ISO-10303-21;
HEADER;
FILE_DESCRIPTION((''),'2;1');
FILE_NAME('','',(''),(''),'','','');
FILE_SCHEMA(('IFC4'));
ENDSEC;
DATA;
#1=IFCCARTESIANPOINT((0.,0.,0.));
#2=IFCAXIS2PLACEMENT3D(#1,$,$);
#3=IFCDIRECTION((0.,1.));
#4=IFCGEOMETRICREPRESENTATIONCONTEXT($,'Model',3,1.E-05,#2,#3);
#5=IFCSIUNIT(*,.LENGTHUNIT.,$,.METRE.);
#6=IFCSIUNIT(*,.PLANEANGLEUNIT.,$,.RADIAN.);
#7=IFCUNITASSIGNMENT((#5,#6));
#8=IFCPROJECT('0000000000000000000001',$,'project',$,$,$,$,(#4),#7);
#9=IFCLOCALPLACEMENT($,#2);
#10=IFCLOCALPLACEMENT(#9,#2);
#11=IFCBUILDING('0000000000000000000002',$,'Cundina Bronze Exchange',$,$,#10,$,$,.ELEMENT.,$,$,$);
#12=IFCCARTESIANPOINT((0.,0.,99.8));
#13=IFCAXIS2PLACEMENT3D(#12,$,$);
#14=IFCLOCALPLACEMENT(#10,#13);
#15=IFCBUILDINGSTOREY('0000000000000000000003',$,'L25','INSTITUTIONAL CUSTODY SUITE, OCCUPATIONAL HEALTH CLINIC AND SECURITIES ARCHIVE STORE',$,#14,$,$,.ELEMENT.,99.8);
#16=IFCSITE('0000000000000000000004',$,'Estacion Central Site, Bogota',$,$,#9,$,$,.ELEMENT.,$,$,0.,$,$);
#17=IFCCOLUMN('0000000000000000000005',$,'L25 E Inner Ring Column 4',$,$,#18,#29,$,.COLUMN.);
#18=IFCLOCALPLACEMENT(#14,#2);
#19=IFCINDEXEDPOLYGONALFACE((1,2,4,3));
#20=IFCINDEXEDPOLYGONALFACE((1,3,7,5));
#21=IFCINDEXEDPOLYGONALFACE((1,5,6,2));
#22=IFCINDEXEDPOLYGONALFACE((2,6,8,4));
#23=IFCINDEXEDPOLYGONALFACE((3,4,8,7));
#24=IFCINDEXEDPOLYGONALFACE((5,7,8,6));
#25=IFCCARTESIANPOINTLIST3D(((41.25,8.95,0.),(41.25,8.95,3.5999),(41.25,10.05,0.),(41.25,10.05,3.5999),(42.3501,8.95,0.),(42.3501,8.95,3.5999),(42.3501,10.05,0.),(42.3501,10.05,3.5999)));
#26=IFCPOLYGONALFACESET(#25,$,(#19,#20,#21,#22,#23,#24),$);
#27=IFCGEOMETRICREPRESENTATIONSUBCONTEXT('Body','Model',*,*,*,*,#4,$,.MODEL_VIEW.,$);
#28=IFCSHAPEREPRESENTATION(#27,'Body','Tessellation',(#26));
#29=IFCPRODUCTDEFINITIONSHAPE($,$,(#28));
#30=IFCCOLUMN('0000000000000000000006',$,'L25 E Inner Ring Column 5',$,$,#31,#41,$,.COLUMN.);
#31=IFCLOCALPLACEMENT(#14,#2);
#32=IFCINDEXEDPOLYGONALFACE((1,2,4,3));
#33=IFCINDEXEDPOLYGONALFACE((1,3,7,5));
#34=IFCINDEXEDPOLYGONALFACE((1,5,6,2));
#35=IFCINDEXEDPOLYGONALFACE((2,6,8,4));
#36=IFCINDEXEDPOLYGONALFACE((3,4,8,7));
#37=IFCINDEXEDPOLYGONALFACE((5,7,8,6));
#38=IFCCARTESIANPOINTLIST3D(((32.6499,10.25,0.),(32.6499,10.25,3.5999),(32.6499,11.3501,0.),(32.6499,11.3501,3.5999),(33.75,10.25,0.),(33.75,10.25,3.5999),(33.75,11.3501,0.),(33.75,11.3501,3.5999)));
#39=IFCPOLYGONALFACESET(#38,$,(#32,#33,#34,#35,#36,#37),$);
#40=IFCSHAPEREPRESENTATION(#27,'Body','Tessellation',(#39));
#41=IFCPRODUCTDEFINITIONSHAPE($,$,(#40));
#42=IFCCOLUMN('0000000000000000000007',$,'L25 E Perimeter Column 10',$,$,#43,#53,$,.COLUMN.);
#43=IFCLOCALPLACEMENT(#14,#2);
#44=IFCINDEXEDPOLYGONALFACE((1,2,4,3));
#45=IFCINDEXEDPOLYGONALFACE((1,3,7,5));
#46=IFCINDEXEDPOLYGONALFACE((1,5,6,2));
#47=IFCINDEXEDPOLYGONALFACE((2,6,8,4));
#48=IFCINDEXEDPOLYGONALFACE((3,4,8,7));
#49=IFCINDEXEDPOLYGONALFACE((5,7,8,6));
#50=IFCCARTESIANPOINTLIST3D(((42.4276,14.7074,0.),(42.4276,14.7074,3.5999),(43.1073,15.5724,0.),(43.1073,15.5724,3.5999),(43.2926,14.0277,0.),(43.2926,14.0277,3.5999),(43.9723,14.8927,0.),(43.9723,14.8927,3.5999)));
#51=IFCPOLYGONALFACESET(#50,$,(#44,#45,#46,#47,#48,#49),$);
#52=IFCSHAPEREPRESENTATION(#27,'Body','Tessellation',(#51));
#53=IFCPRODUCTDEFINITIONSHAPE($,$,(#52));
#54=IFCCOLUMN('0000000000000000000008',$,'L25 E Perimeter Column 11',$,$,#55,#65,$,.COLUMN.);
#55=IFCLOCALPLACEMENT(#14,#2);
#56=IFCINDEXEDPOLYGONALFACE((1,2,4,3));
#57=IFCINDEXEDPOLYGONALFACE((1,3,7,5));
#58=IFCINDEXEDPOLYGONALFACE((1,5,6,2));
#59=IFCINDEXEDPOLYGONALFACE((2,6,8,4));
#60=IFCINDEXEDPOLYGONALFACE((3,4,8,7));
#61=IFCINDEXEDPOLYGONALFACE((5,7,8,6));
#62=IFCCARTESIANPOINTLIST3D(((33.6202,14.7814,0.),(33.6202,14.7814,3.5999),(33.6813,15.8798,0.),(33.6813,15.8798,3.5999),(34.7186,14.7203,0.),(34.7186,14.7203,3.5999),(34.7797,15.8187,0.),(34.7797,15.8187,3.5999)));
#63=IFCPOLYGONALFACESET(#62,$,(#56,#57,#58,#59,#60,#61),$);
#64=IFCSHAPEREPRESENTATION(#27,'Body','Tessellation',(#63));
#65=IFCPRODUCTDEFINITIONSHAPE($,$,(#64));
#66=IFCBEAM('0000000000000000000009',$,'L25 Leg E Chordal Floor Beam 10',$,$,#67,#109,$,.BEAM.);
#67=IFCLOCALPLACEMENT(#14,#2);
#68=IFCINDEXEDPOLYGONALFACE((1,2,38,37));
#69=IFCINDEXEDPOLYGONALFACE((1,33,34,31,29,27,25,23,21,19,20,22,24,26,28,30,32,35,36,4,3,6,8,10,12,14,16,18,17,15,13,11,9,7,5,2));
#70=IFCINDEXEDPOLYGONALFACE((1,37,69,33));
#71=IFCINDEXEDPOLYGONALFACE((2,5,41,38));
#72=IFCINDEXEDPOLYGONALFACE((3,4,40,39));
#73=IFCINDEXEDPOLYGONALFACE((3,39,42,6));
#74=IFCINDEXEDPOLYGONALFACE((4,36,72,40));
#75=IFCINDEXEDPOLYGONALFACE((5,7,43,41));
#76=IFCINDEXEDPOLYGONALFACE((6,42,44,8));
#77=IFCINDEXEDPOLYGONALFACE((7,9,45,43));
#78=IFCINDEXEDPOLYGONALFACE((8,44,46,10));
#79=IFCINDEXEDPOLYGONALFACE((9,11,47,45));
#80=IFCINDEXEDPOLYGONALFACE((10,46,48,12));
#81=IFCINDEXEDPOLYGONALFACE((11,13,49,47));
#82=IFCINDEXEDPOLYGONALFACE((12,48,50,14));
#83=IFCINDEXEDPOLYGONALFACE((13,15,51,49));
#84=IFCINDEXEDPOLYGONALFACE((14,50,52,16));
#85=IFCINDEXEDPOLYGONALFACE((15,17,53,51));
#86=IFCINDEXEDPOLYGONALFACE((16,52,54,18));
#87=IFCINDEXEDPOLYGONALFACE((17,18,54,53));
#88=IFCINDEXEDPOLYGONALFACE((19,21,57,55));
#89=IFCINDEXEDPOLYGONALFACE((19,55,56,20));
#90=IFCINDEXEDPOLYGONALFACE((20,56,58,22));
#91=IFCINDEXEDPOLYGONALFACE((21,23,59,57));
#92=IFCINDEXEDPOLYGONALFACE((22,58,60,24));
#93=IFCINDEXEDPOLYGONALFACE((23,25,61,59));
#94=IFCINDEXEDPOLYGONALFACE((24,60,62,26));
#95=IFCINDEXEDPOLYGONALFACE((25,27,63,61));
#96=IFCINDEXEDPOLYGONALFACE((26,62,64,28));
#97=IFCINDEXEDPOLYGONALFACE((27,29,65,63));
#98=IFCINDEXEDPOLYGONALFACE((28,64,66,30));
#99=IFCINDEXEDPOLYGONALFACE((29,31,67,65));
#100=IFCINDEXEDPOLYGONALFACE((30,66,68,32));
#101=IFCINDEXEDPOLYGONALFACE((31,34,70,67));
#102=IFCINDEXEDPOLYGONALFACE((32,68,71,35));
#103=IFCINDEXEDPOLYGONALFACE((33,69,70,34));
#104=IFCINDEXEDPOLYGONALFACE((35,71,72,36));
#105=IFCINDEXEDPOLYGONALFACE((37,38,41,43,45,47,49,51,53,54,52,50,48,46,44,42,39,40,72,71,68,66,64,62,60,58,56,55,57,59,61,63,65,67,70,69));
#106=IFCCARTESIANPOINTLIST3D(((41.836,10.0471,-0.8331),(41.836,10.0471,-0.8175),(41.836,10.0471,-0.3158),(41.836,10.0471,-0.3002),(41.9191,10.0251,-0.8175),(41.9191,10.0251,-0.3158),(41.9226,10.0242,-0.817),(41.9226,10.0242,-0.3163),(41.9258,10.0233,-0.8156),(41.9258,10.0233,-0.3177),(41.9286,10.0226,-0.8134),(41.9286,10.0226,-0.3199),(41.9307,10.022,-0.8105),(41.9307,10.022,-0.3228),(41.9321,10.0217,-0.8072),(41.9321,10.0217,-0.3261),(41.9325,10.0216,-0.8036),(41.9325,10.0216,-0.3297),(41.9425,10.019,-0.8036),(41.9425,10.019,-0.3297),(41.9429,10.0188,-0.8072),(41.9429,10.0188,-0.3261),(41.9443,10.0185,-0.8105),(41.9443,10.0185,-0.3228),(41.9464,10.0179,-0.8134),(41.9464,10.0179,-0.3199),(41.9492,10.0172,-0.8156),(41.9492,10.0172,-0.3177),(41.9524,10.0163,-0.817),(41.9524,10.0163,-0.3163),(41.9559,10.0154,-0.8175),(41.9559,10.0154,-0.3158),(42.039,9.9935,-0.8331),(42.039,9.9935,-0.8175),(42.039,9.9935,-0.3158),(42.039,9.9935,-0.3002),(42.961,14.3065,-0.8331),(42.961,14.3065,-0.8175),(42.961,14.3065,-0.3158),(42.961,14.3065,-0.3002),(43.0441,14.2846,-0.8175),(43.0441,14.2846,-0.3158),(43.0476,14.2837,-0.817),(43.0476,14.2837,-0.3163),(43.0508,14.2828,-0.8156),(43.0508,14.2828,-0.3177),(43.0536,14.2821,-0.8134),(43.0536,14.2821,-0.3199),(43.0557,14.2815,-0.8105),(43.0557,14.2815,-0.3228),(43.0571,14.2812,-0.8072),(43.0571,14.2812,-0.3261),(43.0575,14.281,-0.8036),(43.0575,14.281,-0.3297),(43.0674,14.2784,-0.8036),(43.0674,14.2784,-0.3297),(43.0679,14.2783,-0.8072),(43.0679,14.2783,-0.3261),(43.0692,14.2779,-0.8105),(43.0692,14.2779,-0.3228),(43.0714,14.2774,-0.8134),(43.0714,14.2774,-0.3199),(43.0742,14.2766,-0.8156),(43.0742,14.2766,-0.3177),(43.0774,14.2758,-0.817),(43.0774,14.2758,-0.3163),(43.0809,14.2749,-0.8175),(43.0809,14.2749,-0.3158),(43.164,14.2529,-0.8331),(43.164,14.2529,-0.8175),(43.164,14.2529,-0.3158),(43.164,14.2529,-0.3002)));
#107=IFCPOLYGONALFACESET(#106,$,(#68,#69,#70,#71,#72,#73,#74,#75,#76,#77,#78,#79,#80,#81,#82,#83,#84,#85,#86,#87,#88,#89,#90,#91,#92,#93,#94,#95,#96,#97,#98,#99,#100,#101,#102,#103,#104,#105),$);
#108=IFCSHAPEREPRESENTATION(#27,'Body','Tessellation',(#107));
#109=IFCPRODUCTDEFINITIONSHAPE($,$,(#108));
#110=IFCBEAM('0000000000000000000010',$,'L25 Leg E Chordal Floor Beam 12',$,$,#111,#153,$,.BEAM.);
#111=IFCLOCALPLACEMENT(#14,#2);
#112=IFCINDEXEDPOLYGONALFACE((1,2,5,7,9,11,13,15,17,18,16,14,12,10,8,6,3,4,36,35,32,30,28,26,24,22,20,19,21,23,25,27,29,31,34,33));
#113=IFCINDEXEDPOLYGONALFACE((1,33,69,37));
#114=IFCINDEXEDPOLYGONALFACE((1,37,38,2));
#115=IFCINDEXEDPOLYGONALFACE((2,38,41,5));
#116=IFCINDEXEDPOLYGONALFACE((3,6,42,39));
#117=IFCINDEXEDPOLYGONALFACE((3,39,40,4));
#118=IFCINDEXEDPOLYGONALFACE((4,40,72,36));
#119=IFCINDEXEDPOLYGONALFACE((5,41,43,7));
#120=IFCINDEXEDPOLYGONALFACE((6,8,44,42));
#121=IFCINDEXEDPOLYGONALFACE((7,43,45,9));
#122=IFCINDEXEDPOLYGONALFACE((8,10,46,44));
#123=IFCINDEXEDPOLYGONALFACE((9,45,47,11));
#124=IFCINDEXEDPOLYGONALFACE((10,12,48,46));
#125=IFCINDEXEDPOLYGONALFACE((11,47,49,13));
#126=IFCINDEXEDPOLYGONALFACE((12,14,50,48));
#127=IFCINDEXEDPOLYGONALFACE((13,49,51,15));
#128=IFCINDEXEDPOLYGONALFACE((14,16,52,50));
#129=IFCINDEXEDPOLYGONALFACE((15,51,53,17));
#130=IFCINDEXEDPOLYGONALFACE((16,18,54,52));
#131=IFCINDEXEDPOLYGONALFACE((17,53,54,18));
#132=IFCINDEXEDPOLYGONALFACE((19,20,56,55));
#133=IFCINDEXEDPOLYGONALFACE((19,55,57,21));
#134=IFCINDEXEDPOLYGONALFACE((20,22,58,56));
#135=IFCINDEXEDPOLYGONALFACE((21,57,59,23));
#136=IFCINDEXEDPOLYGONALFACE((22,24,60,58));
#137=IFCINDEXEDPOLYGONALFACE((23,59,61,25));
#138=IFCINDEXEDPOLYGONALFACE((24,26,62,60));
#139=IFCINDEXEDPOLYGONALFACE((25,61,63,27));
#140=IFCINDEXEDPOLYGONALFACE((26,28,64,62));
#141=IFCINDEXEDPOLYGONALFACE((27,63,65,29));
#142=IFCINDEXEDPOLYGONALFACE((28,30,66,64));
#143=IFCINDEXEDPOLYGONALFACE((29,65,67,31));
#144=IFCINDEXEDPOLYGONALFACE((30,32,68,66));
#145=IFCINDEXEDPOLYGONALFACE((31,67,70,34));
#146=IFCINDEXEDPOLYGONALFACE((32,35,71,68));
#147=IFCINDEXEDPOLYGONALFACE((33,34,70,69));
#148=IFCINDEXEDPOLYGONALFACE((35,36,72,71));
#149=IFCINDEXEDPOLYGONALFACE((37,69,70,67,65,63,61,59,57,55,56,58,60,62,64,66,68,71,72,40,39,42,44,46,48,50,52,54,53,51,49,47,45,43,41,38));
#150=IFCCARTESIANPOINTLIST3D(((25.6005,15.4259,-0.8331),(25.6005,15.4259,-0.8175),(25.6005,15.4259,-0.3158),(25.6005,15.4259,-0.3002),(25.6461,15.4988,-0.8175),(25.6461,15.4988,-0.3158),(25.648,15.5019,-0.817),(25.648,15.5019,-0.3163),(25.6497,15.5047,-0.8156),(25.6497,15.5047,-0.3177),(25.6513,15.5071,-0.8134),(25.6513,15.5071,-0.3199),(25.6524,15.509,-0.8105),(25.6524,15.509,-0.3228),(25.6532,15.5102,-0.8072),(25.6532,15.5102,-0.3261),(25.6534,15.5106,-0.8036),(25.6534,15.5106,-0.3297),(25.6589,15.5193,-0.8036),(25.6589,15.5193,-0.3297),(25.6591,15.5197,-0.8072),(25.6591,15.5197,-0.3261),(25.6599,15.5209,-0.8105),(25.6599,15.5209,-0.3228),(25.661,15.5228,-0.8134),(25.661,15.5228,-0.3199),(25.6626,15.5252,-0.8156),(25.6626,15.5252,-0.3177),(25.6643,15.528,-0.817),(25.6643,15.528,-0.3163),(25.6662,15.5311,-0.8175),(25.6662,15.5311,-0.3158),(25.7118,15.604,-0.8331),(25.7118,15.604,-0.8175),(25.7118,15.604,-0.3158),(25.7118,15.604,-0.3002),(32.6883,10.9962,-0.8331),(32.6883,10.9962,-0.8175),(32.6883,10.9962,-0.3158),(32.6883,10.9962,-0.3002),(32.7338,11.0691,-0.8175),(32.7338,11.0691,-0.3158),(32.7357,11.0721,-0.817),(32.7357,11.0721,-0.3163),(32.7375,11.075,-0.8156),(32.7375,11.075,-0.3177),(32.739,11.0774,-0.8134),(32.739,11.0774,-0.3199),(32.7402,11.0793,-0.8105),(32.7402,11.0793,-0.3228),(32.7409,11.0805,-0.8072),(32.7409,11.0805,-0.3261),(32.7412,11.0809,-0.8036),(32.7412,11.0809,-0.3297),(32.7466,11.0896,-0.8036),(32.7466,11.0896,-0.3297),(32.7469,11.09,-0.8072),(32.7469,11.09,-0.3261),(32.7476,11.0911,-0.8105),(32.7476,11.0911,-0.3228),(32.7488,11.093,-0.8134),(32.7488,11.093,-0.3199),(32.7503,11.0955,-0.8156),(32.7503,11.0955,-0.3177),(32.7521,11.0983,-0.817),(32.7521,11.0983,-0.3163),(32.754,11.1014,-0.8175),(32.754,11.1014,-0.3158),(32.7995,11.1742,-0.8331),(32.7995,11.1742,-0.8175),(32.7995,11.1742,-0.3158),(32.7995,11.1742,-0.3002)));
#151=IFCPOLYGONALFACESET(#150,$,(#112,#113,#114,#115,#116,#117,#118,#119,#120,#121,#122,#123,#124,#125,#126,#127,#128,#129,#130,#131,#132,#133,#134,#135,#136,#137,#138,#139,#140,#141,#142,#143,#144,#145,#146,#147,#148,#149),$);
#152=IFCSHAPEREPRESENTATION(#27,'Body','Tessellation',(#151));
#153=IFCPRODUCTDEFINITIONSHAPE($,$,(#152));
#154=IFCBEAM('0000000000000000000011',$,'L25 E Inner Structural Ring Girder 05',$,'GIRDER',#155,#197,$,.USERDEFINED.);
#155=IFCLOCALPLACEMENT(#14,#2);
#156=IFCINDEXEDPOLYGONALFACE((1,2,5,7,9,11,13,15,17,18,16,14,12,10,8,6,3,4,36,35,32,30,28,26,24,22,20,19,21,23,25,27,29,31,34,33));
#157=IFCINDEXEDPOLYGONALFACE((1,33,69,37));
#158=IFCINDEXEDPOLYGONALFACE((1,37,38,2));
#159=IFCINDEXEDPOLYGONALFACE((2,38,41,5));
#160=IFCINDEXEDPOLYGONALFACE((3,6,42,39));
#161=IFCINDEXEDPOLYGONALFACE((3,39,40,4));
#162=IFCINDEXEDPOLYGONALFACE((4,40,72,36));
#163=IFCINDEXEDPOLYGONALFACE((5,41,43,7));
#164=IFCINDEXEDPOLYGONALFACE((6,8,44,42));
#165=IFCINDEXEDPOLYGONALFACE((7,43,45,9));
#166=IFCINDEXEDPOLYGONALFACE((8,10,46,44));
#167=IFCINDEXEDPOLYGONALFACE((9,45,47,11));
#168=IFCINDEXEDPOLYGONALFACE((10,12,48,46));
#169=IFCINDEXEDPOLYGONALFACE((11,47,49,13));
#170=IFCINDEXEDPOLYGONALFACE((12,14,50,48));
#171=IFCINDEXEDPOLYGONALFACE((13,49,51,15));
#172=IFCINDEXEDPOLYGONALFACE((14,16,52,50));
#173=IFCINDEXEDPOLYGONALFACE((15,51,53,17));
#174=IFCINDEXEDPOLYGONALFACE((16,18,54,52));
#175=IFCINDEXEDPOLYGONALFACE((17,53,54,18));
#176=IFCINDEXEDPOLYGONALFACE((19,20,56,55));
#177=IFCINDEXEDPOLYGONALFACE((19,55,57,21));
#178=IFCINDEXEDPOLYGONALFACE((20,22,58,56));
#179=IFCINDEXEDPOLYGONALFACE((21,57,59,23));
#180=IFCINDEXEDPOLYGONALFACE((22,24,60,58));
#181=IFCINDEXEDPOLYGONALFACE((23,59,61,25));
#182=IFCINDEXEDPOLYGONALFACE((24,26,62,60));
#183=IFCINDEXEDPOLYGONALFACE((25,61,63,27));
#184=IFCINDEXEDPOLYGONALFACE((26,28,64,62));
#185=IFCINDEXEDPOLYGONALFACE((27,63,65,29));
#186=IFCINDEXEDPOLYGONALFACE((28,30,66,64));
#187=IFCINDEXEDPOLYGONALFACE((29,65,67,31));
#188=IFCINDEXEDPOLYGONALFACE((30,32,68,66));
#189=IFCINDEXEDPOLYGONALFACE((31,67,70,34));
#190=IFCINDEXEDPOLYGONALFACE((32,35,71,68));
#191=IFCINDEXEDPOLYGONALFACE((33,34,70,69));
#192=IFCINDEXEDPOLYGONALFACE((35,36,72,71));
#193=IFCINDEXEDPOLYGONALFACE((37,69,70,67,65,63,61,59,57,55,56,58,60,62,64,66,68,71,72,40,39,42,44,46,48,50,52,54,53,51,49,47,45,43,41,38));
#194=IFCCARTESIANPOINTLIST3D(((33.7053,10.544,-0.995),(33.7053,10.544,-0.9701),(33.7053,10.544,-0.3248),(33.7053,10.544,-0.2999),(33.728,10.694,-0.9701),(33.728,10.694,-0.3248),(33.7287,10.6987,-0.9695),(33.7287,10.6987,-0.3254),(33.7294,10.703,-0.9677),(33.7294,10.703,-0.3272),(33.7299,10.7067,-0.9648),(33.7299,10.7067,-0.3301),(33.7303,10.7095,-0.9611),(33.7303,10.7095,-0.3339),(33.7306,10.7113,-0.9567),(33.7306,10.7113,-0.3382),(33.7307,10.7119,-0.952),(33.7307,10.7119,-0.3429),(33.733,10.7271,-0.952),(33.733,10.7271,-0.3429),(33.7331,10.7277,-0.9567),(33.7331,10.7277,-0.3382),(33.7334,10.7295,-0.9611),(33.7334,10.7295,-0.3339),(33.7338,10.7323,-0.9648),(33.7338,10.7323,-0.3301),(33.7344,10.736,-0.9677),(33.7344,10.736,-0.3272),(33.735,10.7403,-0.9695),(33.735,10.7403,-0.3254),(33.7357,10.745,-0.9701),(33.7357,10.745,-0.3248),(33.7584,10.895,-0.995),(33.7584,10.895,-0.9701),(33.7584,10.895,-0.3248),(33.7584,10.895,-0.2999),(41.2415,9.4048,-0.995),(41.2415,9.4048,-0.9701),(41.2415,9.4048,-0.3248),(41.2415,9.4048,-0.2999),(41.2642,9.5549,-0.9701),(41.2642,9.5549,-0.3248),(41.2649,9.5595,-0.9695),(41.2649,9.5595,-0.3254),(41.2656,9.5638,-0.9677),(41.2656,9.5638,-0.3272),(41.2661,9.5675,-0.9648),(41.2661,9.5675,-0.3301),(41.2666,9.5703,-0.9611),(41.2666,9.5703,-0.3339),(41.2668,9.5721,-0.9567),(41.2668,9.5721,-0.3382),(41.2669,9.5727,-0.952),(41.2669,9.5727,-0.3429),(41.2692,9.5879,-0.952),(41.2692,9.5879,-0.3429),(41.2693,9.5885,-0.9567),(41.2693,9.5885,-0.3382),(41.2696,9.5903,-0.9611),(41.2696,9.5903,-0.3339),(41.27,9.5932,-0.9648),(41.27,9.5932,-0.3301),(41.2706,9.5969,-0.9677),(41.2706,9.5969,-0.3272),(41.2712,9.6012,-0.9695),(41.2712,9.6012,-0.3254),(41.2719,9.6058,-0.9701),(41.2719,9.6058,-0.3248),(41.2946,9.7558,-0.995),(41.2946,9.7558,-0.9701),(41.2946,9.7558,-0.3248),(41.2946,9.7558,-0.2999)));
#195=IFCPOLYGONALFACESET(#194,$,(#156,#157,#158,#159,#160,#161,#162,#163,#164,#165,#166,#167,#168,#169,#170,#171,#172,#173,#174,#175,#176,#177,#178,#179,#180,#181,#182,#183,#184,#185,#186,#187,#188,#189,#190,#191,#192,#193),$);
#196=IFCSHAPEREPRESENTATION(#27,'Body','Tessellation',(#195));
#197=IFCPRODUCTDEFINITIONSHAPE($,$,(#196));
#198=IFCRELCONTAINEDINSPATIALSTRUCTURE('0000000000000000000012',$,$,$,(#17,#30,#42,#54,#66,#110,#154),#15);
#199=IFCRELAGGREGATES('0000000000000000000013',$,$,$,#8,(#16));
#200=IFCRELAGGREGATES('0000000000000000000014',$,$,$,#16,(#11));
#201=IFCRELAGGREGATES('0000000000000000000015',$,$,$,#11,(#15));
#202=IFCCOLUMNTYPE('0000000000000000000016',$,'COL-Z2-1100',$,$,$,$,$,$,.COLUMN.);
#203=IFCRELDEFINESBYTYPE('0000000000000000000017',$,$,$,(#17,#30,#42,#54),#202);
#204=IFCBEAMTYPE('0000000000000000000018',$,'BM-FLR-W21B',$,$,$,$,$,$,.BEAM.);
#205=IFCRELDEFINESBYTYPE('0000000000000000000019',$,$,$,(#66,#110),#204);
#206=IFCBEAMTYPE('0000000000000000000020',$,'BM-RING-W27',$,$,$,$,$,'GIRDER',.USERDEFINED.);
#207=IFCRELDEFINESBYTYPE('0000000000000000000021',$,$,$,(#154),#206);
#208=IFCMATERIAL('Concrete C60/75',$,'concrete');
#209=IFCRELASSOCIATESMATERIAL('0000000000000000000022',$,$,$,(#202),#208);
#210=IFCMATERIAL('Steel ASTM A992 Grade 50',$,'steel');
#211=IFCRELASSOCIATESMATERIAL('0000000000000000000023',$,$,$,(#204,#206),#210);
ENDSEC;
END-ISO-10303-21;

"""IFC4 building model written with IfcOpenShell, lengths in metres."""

from ifc_helpers import new_model, si_unit, direction, frame, origin, origin_2d, place, context, subcontext, project, spatial, rectangle, i_section, extrude, material, material_profile, profile_set, type_object, element, save


model = new_model("IFC4")

# Units and contexts
model_context = context("Model", 3, precision=1e-05, world=origin(), true_north=direction((0.0, 1.0)))
body_context = subcontext(model_context, "Body", "Model", "MODEL_VIEW")
ifc_project = project(units=[si_unit("LENGTHUNIT", "METRE"), si_unit("PLANEANGLEUNIT", "RADIAN")], contexts=[model_context])

# Site, building, storey
site_placement = place(None, origin())
site = spatial("IfcSite", under=ifc_project, at=site_placement, Name="Estacion Central Site, Bogota", CompositionType="ELEMENT", RefElevation=0.0)
building_placement = place(site_placement, origin())
building = spatial("IfcBuilding", under=site, at=building_placement, Name="Cundina Bronze Exchange", CompositionType="ELEMENT")
storey_placement = place(building_placement, frame((0.0, 0.0, 99.8)))
storey = spatial("IfcBuildingStorey", under=building, at=storey_placement, Name="L25", Description="INSTITUTIONAL CUSTODY SUITE, OCCUPATIONAL HEALTH CLINIC AND SECURITIES ARCHIVE STORE", CompositionType="ELEMENT", Elevation=99.8)

# Columns
ifc_material_1 = material(Name="Concrete C60/75", Category="concrete")
ifc_material_profile_1 = material_profile(ifc_material_1, rectangle(XDim=1.1001, YDim=1.1001, at=origin_2d()), Name="RC1100X1100", Category="concrete")
ifc_profile_set_1 = profile_set([ifc_material_profile_1], Name="Concrete C60/75")
column_type = type_object("IfcColumnType", Name="COL-Z2-1100", PredefinedType="COLUMN", material=ifc_profile_set_1)
for number, where, z_axis, x_axis, name in (
    (1, (41.8, 9.5, 0.0), (0.0, 0.0, 1.0), (1.0, 0.0, 0.0), "L25 E Inner Ring Column 4"),
    (2, (33.2, 10.8, 0.0), (0.0, 0.0, 1.0), (1.0, 0.0, 0.0), "L25 E Inner Ring Column 5"),
    (3, (43.2, 14.8, 0.0), (0.0, 0.0, 1.0), (-0.786288, 0.61786, 0.0), "L25 E Perimeter Column 10"),
    (4, (34.2, 15.3, 0.0), (0.0, 0.0, 1.0), (-0.99846, 0.055473, 0.0), "L25 E Perimeter Column 11"),
):
    element("IfcColumn", number, at=place(storey_placement, frame(where, z_axis=z_axis, x_axis=x_axis)), inside=storey, type_object=column_type, Name=name, PredefinedType="COLUMN", context=body_context, shape_type="SweptSolid", body=[
        extrude(rectangle(XDim=1.1001, YDim=1.1001, at=origin_2d()), origin(), (0.0, 0.0, 1.0), 3.5999),
    ])

# Beams
ifc_material_2 = material(Name="Steel ASTM A992 Grade 50", Category="steel")
ifc_material_profile_2 = material_profile(ifc_material_2, i_section(OverallWidth=0.21, OverallDepth=0.533, WebThickness=0.0103, FlangeThickness=0.0156, FilletRadius=0.0139, at=origin_2d()), Name="W21X62", Category="steel")
ifc_profile_set_2 = profile_set([ifc_material_profile_2], Name="Steel ASTM A992 Grade 50")
beam_type_1 = type_object("IfcBeamType", Name="BM-FLR-W21B", PredefinedType="BEAM", material=ifc_profile_set_2)
beam_1_placement = place(storey_placement, frame((41.9375, 10.0203, -0.5667), z_axis=(0.255358, 0.966847, 0.0), x_axis=(-0.966847, 0.255358, 0.0)))
element("IfcBeam", 5, at=beam_1_placement, inside=storey, type_object=beam_type_1, Name="L25 Leg E Chordal Floor Beam 10", PredefinedType="BEAM", context=body_context, shape_type="SweptSolid", body=[
    extrude(i_section(OverallWidth=0.21, OverallDepth=0.533, WebThickness=0.0103, FlangeThickness=0.0156, FilletRadius=0.0139, at=origin_2d()), origin(), (0.0, 0.0, 1.0), 4.4055),
])
beam_2_placement = place(storey_placement, frame((32.7439, 11.0852, -0.5667), z_axis=(-0.848003, 0.529991, 0.0), x_axis=(-0.529991, -0.848003, 0.0)))
element("IfcBeam", 6, at=beam_2_placement, inside=storey, type_object=beam_type_1, Name="L25 Leg E Chordal Floor Beam 12", PredefinedType="BEAM", context=body_context, shape_type="SweptSolid", body=[
    extrude(i_section(OverallWidth=0.21, OverallDepth=0.533, WebThickness=0.0103, FlangeThickness=0.0156, FilletRadius=0.0139, at=origin_2d()), origin(), (0.0, 0.0, 1.0), 8.3582),
])
ifc_material_profile_3 = material_profile(ifc_material_2, i_section(OverallWidth=0.355, OverallDepth=0.6951, WebThickness=0.0154, FlangeThickness=0.0249, FilletRadius=0.0181, at=origin_2d()), Name="W27X146", Category="steel")
ifc_profile_set_3 = profile_set([ifc_material_profile_3], Name="Steel ASTM A992 Grade 50")
beam_type_2 = type_object("IfcBeamType", Name="BM-RING-W27", ElementType="GIRDER", PredefinedType="USERDEFINED", material=ifc_profile_set_3)
beam_3_placement = place(storey_placement, frame((41.2681, 9.5803, -0.6475), z_axis=(-0.988767, 0.149462, 0.0), x_axis=(-0.149462, -0.988767, 0.0)))
element("IfcBeam", 7, at=beam_3_placement, inside=storey, type_object=beam_type_2, Name="L25 E Inner Structural Ring Girder 05", ObjectType="GIRDER", PredefinedType="USERDEFINED", context=body_context, shape_type="SweptSolid", body=[
    extrude(i_section(OverallWidth=0.355, OverallDepth=0.6951, WebThickness=0.0154, FlangeThickness=0.0249, FilletRadius=0.0181, at=origin_2d()), origin(), (0.0, 0.0, 1.0), 7.6218),
])

save(model, "model.ifc")
